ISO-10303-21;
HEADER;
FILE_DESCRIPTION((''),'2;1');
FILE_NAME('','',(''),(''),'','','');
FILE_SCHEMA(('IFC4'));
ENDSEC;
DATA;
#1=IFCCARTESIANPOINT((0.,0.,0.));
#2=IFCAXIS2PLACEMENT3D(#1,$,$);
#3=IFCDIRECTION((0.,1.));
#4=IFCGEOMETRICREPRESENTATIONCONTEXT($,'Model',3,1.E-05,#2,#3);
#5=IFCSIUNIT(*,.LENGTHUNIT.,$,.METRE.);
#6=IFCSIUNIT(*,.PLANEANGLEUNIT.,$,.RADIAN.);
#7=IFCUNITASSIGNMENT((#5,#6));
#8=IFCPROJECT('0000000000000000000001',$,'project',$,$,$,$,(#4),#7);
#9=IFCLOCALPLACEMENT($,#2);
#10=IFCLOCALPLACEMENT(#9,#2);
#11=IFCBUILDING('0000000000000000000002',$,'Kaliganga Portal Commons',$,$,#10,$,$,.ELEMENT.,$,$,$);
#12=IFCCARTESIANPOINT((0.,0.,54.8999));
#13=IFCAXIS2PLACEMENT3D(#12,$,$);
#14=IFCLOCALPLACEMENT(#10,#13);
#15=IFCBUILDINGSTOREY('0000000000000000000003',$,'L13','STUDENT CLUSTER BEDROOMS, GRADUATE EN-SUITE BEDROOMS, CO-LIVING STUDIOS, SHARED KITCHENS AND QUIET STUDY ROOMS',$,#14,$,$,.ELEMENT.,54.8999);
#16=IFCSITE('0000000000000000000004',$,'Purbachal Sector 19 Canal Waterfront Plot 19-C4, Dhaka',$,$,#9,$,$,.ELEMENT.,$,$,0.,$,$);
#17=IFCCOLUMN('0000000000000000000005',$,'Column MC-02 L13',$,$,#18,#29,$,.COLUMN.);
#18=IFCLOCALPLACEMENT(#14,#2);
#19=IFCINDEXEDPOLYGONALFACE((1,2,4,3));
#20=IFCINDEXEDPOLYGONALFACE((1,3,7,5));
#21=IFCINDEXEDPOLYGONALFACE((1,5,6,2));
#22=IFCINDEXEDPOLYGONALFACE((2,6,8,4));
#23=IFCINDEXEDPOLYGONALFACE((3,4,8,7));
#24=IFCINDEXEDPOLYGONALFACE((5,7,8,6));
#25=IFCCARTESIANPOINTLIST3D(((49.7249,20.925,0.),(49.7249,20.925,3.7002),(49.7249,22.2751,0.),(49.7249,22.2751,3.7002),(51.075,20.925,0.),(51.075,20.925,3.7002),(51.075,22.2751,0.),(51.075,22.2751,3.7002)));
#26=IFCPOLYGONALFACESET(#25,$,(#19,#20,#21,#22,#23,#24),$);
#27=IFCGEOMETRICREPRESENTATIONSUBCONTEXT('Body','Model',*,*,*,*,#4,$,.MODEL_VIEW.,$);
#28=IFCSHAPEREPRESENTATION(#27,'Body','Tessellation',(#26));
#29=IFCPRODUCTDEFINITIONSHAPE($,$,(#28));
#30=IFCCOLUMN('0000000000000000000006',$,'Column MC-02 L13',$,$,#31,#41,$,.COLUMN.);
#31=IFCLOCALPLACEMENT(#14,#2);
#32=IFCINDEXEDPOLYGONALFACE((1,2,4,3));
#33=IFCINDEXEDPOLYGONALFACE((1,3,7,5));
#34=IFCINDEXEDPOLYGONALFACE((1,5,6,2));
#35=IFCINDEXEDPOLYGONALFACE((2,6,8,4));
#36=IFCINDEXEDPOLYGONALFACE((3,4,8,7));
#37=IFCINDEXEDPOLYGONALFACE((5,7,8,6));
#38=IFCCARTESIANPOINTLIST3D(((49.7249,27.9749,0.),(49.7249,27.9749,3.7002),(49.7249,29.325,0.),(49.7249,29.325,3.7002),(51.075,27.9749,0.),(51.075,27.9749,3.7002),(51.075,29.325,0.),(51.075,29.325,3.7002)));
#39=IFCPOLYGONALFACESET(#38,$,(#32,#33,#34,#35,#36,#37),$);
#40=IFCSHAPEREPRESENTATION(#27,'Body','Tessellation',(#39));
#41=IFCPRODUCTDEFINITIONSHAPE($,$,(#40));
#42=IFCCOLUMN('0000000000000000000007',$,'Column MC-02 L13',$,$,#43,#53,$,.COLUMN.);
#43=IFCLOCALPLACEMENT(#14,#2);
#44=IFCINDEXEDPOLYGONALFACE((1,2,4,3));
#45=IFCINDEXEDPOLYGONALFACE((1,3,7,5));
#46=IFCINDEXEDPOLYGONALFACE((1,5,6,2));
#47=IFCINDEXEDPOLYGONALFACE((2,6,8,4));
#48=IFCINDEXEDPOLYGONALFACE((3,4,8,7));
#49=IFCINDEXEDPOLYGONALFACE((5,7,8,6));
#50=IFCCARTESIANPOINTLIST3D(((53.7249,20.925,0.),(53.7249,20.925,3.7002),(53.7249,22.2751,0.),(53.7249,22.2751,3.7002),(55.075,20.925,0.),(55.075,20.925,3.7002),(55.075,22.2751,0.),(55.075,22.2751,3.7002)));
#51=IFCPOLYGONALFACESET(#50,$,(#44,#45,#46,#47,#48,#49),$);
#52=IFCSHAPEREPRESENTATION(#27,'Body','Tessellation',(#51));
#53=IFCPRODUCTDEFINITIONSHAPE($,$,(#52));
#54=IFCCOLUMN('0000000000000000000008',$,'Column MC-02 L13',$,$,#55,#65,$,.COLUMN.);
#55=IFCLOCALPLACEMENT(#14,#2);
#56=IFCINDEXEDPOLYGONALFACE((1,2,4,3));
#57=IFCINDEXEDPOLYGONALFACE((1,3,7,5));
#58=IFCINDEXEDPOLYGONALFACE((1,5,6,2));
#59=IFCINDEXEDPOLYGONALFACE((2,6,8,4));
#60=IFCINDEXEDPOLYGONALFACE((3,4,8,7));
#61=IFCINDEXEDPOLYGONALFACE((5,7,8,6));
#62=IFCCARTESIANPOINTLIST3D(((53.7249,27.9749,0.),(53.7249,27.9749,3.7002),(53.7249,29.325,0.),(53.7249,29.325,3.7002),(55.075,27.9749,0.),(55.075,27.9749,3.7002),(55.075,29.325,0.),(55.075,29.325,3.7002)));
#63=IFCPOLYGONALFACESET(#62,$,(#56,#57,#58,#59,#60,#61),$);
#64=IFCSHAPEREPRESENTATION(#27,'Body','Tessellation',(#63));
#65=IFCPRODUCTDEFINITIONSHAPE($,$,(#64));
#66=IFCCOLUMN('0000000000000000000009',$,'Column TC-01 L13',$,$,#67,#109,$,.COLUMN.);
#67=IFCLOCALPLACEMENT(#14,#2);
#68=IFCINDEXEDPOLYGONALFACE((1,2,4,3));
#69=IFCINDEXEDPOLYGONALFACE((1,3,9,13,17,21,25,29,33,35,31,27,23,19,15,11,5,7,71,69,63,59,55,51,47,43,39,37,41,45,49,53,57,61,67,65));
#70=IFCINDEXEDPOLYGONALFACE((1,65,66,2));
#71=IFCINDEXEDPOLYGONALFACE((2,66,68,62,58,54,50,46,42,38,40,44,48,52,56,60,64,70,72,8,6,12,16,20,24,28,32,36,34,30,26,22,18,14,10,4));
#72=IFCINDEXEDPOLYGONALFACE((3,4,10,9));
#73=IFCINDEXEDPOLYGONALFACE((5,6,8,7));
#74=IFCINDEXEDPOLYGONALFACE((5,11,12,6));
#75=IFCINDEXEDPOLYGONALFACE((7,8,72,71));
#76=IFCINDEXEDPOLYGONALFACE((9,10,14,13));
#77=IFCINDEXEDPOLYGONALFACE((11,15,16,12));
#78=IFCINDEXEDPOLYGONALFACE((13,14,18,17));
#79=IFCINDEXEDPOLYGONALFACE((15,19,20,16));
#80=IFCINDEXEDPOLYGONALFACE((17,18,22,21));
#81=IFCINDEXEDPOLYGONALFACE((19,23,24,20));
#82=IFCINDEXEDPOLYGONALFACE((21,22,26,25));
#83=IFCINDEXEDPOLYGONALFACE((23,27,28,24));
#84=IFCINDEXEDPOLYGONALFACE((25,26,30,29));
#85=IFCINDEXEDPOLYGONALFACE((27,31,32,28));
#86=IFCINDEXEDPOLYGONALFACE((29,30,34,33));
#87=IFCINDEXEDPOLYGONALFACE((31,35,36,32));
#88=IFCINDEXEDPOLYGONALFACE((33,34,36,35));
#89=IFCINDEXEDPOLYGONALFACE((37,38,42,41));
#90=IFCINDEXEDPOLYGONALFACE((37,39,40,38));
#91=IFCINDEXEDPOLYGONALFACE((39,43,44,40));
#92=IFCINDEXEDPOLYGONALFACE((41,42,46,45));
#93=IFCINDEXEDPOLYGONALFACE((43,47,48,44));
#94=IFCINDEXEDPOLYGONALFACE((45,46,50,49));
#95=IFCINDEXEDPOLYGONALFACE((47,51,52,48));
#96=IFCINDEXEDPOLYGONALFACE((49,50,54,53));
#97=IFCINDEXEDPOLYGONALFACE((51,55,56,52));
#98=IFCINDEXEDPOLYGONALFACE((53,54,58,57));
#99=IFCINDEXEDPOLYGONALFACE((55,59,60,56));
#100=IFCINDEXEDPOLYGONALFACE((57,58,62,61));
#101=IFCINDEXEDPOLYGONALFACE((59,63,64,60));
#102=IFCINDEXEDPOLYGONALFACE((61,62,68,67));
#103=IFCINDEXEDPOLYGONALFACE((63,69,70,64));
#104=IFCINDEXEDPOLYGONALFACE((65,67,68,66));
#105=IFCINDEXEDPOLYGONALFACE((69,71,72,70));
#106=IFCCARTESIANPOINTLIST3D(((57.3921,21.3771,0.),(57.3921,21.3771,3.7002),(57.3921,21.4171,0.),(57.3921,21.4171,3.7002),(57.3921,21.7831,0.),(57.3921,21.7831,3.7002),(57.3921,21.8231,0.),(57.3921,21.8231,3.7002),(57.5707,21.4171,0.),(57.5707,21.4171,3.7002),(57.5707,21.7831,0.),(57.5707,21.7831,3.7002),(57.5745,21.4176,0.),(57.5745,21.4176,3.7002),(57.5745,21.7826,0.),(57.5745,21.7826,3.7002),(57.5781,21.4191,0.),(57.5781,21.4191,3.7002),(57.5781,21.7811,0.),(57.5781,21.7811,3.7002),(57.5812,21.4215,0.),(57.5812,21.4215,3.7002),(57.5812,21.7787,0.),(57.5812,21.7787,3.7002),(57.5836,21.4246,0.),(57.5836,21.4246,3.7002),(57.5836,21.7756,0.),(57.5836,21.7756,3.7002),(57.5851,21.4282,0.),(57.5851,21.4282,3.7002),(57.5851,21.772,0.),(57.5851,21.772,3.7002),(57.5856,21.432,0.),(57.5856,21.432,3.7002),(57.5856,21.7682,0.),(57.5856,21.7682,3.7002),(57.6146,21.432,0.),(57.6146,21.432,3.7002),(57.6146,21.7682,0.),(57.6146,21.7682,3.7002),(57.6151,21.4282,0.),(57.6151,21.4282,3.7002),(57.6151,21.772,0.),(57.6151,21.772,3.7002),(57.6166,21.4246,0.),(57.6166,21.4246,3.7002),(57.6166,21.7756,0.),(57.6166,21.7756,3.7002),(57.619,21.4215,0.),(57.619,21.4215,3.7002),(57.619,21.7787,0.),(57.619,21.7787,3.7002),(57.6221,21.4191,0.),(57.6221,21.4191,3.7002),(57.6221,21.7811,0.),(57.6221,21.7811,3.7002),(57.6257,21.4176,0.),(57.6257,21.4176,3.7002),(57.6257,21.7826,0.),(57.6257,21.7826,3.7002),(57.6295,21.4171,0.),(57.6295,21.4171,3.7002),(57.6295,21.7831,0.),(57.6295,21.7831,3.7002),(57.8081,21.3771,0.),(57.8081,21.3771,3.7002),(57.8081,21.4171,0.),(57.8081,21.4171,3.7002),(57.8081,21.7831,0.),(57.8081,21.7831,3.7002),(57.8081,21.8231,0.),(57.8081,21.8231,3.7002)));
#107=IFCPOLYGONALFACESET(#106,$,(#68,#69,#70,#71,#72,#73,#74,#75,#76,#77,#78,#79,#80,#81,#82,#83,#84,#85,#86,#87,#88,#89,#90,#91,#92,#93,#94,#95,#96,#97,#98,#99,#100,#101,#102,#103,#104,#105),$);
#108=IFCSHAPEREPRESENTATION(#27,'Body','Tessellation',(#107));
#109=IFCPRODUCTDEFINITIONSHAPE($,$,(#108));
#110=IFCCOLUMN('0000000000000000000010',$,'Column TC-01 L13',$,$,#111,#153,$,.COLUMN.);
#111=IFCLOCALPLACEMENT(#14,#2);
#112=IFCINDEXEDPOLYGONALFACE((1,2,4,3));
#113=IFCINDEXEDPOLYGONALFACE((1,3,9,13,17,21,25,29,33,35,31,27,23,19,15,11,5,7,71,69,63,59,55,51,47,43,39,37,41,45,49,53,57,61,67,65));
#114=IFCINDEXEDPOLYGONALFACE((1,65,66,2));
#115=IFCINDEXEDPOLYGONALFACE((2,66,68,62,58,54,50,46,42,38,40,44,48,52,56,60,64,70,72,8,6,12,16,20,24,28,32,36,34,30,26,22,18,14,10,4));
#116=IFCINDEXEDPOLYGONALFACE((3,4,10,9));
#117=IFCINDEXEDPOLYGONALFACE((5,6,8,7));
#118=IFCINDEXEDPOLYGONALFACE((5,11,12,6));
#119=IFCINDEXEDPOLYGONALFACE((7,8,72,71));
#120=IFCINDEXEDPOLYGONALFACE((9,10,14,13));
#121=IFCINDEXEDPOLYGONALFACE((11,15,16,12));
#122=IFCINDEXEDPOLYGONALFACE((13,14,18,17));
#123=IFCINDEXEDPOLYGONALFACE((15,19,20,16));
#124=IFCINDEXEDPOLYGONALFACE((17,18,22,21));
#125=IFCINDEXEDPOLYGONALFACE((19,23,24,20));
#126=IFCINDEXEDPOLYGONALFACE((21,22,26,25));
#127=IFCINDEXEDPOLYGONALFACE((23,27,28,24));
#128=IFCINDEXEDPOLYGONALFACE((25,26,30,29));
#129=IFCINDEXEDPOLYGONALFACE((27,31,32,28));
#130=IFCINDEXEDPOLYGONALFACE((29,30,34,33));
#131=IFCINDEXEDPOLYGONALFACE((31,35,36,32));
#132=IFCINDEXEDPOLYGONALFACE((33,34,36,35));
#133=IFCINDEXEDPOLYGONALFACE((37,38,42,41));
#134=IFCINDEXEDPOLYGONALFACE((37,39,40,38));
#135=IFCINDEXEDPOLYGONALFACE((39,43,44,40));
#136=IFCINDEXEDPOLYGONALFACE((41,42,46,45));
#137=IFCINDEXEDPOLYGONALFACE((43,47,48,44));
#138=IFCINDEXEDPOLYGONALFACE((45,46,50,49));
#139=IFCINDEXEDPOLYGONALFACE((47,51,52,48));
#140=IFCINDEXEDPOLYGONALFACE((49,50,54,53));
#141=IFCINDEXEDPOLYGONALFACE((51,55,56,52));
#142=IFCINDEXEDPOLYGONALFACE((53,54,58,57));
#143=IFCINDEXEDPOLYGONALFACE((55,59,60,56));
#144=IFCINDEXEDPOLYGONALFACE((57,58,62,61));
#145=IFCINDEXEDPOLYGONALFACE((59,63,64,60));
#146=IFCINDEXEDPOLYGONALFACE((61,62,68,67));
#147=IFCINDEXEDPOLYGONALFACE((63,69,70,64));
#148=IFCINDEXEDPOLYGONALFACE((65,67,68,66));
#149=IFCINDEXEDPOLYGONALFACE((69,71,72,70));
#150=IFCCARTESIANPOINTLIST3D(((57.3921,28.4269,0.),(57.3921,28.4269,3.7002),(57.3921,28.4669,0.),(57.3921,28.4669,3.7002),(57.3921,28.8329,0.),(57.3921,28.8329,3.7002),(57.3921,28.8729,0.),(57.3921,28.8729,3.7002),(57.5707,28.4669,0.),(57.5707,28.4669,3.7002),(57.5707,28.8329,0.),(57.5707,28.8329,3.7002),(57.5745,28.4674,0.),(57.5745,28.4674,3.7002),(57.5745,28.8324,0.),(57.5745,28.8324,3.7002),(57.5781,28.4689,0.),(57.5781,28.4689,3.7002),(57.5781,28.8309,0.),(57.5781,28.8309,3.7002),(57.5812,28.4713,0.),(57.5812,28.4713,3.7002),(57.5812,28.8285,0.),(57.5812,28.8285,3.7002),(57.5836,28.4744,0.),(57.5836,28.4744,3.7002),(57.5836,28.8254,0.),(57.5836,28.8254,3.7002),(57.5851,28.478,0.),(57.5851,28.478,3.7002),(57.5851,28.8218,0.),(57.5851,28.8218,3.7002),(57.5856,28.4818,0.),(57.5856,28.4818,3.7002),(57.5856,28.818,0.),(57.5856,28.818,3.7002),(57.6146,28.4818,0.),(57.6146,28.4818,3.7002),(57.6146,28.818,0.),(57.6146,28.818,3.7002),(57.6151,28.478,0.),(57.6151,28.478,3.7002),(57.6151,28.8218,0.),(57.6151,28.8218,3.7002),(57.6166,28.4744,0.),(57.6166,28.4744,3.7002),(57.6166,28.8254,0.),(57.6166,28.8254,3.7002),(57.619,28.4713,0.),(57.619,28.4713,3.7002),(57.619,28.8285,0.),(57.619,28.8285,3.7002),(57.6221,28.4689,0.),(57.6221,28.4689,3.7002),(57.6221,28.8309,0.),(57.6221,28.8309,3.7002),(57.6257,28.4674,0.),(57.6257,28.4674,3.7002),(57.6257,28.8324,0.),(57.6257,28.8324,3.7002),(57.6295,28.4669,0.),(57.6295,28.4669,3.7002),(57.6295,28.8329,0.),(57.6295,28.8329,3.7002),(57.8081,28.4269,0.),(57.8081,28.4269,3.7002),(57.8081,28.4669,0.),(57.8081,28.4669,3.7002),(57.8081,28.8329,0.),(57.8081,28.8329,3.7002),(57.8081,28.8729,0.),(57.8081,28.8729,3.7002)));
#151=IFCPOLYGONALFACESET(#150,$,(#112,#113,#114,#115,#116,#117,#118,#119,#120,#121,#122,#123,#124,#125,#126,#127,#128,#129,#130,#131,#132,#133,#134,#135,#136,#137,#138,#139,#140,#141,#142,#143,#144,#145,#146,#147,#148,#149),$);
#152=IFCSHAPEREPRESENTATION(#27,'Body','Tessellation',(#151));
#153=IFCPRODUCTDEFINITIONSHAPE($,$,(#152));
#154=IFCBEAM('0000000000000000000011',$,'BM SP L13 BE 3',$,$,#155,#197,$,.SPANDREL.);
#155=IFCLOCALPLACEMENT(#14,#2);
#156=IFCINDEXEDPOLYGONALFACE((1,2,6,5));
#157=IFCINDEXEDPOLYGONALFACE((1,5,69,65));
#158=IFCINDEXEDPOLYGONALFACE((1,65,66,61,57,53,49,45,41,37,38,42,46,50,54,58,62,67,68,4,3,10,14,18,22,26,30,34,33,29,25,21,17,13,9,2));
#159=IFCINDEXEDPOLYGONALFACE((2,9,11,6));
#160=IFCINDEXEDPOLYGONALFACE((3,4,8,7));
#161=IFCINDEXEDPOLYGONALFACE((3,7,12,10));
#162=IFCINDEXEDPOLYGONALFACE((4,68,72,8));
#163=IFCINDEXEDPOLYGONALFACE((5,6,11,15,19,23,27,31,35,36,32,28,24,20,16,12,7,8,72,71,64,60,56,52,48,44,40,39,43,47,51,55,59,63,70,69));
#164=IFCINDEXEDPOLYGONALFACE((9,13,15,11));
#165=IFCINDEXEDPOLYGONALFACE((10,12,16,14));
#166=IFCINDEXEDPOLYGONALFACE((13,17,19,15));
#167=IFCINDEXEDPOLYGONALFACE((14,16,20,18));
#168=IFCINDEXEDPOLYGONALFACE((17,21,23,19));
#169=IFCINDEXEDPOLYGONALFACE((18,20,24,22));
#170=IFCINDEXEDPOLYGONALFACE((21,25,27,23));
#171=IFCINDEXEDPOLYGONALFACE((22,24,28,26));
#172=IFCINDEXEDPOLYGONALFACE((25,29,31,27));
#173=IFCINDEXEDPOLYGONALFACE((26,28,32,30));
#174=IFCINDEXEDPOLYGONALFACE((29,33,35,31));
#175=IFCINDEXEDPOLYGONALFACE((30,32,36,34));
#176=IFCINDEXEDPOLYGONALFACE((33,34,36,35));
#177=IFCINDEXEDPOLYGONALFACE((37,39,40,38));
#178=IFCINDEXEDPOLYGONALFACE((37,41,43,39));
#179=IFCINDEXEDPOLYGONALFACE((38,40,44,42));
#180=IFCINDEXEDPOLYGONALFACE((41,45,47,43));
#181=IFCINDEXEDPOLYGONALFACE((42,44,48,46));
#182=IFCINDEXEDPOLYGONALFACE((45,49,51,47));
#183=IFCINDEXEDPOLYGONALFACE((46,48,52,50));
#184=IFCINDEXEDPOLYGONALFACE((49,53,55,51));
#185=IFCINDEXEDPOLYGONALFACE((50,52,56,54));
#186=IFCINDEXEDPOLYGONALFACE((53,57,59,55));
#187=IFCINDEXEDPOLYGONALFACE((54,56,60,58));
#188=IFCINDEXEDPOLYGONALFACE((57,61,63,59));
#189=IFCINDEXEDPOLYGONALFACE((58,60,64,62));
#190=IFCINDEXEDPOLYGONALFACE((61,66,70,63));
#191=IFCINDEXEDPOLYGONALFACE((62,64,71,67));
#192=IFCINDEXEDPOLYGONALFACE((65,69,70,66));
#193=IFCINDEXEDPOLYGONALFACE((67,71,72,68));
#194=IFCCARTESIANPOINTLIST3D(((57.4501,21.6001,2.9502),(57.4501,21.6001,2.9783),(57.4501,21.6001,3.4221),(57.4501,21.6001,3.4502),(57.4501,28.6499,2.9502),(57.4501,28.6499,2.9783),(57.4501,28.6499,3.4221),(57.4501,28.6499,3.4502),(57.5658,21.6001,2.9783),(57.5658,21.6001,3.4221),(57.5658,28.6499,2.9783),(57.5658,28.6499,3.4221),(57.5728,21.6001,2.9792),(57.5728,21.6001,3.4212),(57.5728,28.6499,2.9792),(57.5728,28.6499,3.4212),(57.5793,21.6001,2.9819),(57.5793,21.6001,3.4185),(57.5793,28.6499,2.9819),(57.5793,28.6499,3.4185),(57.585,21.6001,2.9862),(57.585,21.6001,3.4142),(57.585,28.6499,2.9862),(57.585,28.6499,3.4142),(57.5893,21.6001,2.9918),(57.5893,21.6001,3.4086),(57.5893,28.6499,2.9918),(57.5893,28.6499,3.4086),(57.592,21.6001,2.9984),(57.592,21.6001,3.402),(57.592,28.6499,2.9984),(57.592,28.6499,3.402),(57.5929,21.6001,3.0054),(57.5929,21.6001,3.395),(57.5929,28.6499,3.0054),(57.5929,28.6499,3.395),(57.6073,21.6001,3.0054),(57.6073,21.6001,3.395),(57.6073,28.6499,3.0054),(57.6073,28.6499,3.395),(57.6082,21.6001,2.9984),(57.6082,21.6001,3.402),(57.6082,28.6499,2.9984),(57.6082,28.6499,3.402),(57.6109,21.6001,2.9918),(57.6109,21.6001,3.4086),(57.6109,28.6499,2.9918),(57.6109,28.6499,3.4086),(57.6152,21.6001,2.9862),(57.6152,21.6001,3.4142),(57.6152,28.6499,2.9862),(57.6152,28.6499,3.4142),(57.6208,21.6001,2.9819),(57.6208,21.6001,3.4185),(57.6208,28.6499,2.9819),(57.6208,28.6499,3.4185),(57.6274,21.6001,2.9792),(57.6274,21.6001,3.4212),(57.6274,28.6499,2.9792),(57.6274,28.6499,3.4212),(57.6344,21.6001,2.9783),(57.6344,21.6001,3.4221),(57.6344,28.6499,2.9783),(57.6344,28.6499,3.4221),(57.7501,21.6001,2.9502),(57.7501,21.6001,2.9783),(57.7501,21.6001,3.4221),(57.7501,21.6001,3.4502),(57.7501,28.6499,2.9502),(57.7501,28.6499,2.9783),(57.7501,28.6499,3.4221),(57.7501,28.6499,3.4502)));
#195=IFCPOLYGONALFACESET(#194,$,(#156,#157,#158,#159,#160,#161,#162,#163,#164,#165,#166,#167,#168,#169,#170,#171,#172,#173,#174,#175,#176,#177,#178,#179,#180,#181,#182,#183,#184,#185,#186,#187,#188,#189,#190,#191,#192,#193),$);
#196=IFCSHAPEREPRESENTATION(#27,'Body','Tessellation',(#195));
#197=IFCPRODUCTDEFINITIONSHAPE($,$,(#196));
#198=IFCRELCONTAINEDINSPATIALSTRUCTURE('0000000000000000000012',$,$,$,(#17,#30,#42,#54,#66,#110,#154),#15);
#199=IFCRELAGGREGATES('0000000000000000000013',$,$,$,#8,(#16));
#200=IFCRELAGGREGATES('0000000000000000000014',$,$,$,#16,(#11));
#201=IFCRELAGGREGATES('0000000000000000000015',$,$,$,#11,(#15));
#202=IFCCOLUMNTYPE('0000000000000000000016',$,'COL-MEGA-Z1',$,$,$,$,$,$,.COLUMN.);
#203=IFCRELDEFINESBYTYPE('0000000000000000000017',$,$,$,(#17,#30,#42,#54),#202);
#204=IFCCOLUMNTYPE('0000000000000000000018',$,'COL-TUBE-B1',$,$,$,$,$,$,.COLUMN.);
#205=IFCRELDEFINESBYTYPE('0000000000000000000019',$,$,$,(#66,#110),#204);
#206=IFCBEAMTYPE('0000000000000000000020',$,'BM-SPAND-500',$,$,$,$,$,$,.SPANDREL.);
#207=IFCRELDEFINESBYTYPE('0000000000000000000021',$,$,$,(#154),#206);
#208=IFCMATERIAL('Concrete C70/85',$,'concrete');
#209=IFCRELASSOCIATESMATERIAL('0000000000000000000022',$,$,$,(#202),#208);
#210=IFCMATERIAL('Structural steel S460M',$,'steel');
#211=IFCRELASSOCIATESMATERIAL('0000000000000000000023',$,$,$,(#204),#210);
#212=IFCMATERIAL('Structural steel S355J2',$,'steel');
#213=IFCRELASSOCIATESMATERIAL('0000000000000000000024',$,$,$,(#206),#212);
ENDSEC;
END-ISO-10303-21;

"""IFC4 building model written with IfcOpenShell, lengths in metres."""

from ifc_helpers import new_model, si_unit, direction, frame, origin, origin_2d, place, context, subcontext, project, spatial, rectangle, i_section, extrude, source, transform, mapped, material, material_profile, profile_set, type_object, element, save


model = new_model("IFC4")

# Units and contexts
model_context = context("Model", 3, precision=1e-05, world=origin(), true_north=direction((0.0, 1.0)))
body_context = subcontext(model_context, "Body", "Model", "MODEL_VIEW")
ifc_project = project(units=[si_unit("LENGTHUNIT", "METRE"), si_unit("PLANEANGLEUNIT", "RADIAN")], contexts=[model_context])

# Site, building, storey
site_placement = place(None, origin())
site = spatial("IfcSite", under=ifc_project, at=site_placement, Name="Purbachal Sector 19 Canal Waterfront Plot 19-C4, Dhaka", CompositionType="ELEMENT", RefElevation=0.0)
building_placement = place(site_placement, origin())
building = spatial("IfcBuilding", under=site, at=building_placement, Name="Kaliganga Portal Commons", CompositionType="ELEMENT")
storey_placement = place(building_placement, frame((0.0, 0.0, 54.8999)))
storey = spatial("IfcBuildingStorey", under=building, at=storey_placement, Name="L13", Description="STUDENT CLUSTER BEDROOMS, GRADUATE EN-SUITE BEDROOMS, CO-LIVING STUDIOS, SHARED KITCHENS AND QUIET STUDY ROOMS", CompositionType="ELEMENT", Elevation=54.8999)

# Columns
ifc_material_1 = material(Name="Concrete C70/85", Category="concrete")
ifc_material_profile_1 = material_profile(ifc_material_1, rectangle(XDim=1.3501, YDim=1.3501, at=origin_2d()), Name="RC 1350x1350")
ifc_profile_set_1 = profile_set([ifc_material_profile_1], Name="Concrete C70/85")
column_type_1 = type_object("IfcColumnType", Name="COL-MEGA-Z1", PredefinedType="COLUMN", material=ifc_profile_set_1)
shared_shape_1 = source(origin(), body_context, "Body", "SweptSolid", [
    extrude(rectangle(XDim=1.3501, YDim=1.3501, at=origin_2d()), origin(), (0.0, 0.0, 1.0), 3.7002),
])
for number, where, z_axis, x_axis, name in (
    (1, (50.3999, 21.6001, 0.0), (0.0, 0.0, 1.0), (1.0, 0.0, 0.0), "Column MC-02 L13"),
    (2, (50.3999, 28.6499, 0.0), (0.0, 0.0, 1.0), (1.0, 0.0, 0.0), "Column MC-02 L13"),
    (3, (54.3999, 21.6001, 0.0), (0.0, 0.0, 1.0), (1.0, 0.0, 0.0), "Column MC-02 L13"),
    (4, (54.3999, 28.6499, 0.0), (0.0, 0.0, 1.0), (1.0, 0.0, 0.0), "Column MC-02 L13"),
):
    element("IfcColumn", number, at=place(storey_placement, frame(where, z_axis=z_axis, x_axis=x_axis)), inside=storey, type_object=column_type_1, Name=name, PredefinedType="COLUMN", context=body_context, shape_type="MappedRepresentation", body=[
        mapped(shared_shape_1, transform((0.0, 0.0, 0.0), x_axis=(1.0, 0.0, 0.0), y_axis=(0.0, 1.0, 0.0), z_axis=(0.0, 0.0, 1.0), scale=1.0)),
    ])
ifc_material_2 = material(Name="Structural steel S460M", Category="steel")
ifc_material_profile_2 = material_profile(ifc_material_2, i_section(OverallWidth=0.416, OverallDepth=0.446, WebThickness=0.0291, FlangeThickness=0.04, FilletRadius=0.0149, at=origin_2d()), Name="HD 400x509")
ifc_profile_set_2 = profile_set([ifc_material_profile_2], Name="Structural steel S460M wide-flange")
column_type_2 = type_object("IfcColumnType", Name="COL-TUBE-B1", PredefinedType="COLUMN", material=ifc_profile_set_2)
shared_shape_2 = source(origin(), body_context, "Body", "SweptSolid", [
    extrude(i_section(OverallWidth=0.416, OverallDepth=0.446, WebThickness=0.0291, FlangeThickness=0.04, FilletRadius=0.0149, at=origin_2d()), origin(), (0.0, 0.0, 1.0), 3.7002),
])
for number, where, z_axis, x_axis, name in (
    (5, (57.6001, 21.6001, 0.0), (0.0, 0.0, 1.0), (1.0, 0.0, 0.0), "Column TC-01 L13"),
    (6, (57.6001, 28.6499, 0.0), (0.0, 0.0, 1.0), (1.0, 0.0, 0.0), "Column TC-01 L13"),
):
    element("IfcColumn", number, at=place(storey_placement, frame(where, z_axis=z_axis, x_axis=x_axis)), inside=storey, type_object=column_type_2, Name=name, PredefinedType="COLUMN", context=body_context, shape_type="MappedRepresentation", body=[
        mapped(shared_shape_2, transform((0.0, 0.0, 0.0), x_axis=(1.0, 0.0, 0.0), y_axis=(0.0, 1.0, 0.0), z_axis=(0.0, 0.0, 1.0), scale=1.0)),
    ])

# Beam
ifc_material_3 = material(Name="Structural steel S355J2", Category="steel")
ifc_material_profile_3 = material_profile(ifc_material_3, i_section(OverallWidth=0.3, OverallDepth=0.5, WebThickness=0.0144, FlangeThickness=0.0281, FilletRadius=0.0271, at=origin_2d()), Name="HE 500 B")
ifc_profile_set_3 = profile_set([ifc_material_profile_3], Name="Structural steel S355J2 wide-flange")
beam_type_1 = type_object("IfcBeamType", Name="BM-SPAND-500", PredefinedType="SPANDREL", material=ifc_profile_set_3)
shared_shape_3 = source(origin(), body_context, "Body", "SweptSolid", [
    extrude(i_section(OverallWidth=0.3, OverallDepth=0.5, WebThickness=0.0144, FlangeThickness=0.0281, FilletRadius=0.0271, at=origin_2d()), origin(), (0.0, 0.0, 1.0), 7.0498),
])
beam_1_placement = place(storey_placement, frame((57.6001, 21.6001, 3.2002), z_axis=(0.0, 1.0, 0.0), x_axis=(-1.0, 0.0, 0.0)))
element("IfcBeam", 7, at=beam_1_placement, inside=storey, type_object=beam_type_1, Name="BM SP L13 BE 3", PredefinedType="SPANDREL", context=body_context, shape_type="MappedRepresentation", body=[
    mapped(shared_shape_3, transform((0.0, 0.0, 0.0), x_axis=(1.0, 0.0, 0.0), y_axis=(0.0, 1.0, 0.0), z_axis=(0.0, 0.0, 1.0), scale=1.0)),
])

save(model, "model.ifc")
